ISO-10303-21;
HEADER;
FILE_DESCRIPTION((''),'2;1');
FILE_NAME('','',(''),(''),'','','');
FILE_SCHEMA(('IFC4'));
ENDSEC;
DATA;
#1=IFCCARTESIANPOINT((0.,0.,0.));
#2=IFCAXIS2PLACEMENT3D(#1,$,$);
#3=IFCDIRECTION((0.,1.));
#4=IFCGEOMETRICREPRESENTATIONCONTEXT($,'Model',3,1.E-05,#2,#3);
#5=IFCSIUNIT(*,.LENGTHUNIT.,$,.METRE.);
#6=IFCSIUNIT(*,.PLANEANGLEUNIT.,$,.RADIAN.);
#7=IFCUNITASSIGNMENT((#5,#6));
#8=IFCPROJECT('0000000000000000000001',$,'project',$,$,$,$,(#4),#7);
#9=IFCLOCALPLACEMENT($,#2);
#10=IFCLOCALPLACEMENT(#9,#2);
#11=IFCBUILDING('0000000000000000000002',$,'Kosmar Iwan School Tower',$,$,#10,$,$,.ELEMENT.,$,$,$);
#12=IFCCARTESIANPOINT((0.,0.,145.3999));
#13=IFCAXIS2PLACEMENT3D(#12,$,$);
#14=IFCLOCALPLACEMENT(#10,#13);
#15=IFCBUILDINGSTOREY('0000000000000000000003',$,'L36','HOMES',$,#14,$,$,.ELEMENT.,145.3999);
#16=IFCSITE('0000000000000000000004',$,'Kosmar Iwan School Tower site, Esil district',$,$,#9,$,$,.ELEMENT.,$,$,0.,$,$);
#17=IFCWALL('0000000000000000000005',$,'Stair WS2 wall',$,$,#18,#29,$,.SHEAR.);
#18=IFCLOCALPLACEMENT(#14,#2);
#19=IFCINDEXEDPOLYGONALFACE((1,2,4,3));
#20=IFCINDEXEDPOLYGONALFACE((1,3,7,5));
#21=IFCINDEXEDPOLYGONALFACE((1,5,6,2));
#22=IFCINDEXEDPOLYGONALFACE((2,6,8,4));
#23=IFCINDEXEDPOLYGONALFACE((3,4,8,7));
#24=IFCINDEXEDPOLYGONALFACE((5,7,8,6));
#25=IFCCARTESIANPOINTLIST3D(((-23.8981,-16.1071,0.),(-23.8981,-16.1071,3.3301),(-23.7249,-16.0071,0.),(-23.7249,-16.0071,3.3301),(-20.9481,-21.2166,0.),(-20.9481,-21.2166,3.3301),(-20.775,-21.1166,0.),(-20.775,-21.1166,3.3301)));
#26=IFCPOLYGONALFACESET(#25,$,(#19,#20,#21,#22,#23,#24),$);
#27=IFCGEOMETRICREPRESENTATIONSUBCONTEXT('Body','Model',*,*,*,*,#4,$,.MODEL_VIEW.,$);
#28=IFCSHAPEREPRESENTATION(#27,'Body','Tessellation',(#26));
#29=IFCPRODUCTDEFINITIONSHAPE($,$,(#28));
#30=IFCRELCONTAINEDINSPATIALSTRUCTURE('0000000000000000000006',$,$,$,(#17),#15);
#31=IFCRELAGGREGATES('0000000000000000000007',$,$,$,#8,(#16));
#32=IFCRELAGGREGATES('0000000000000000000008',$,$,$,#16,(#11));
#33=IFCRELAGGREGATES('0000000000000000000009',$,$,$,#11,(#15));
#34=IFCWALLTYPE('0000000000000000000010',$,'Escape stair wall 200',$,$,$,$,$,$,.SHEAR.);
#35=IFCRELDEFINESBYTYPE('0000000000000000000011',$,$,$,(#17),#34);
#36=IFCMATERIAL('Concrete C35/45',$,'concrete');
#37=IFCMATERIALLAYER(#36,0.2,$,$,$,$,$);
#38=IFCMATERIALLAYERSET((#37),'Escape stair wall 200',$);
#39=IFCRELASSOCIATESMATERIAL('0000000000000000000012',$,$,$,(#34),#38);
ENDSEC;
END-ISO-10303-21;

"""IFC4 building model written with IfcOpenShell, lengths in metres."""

from ifc_helpers import new_model, si_unit, direction, frame, frame_2d, origin, place, context, subcontext, project, spatial, rectangle, extrude, material, layer, layer_set, type_object, element, save


model = new_model("IFC4")

# Units and contexts
model_context = context("Model", 3, precision=1e-05, world=origin(), true_north=direction((0.0, 1.0)))
body_context = subcontext(model_context, "Body", "Model", "MODEL_VIEW")
ifc_project = project(units=[si_unit("LENGTHUNIT", "METRE"), si_unit("PLANEANGLEUNIT", "RADIAN")], contexts=[model_context])

# Site, building, storey
site_placement = place(None, origin())
site = spatial("IfcSite", under=ifc_project, at=site_placement, Name="Kosmar Iwan School Tower site, Esil district", CompositionType="ELEMENT", RefElevation=0.0)
building_placement = place(site_placement, origin())
building = spatial("IfcBuilding", under=site, at=building_placement, Name="Kosmar Iwan School Tower", CompositionType="ELEMENT")
storey_placement = place(building_placement, frame((0.0, 0.0, 145.3999)))
storey = spatial("IfcBuildingStorey", under=building, at=storey_placement, Name="L36", Description="HOMES", CompositionType="ELEMENT", Elevation=145.3999)

# Wall
ifc_material_1 = material(Name="Concrete C35/45", Category="concrete")
ifc_layer_1 = layer(ifc_material_1, 0.2)
ifc_layer_set_1 = layer_set([ifc_layer_1], Name="Escape stair wall 200")
wall_type_1 = type_object("IfcWallType", Name="Escape stair wall 200", PredefinedType="SHEAR", material=ifc_layer_set_1)
wall_1_placement = place(storey_placement, frame((-23.8115, -16.0571, 0.0), z_axis=(0.0, 0.0, 1.0), x_axis=(0.500007, -0.866022, 0.0)))
element("IfcWall", 1, at=wall_1_placement, inside=storey, type_object=wall_type_1, Name="Stair WS2 wall", PredefinedType="SHEAR", context=body_context, shape_type="SweptSolid", body=[
    extrude(rectangle(XDim=5.8999, YDim=0.2, at=frame_2d((2.95, 0.0))), origin(), (0.0, 0.0, 1.0), 3.3301),
])

save(model, "model.ifc")
